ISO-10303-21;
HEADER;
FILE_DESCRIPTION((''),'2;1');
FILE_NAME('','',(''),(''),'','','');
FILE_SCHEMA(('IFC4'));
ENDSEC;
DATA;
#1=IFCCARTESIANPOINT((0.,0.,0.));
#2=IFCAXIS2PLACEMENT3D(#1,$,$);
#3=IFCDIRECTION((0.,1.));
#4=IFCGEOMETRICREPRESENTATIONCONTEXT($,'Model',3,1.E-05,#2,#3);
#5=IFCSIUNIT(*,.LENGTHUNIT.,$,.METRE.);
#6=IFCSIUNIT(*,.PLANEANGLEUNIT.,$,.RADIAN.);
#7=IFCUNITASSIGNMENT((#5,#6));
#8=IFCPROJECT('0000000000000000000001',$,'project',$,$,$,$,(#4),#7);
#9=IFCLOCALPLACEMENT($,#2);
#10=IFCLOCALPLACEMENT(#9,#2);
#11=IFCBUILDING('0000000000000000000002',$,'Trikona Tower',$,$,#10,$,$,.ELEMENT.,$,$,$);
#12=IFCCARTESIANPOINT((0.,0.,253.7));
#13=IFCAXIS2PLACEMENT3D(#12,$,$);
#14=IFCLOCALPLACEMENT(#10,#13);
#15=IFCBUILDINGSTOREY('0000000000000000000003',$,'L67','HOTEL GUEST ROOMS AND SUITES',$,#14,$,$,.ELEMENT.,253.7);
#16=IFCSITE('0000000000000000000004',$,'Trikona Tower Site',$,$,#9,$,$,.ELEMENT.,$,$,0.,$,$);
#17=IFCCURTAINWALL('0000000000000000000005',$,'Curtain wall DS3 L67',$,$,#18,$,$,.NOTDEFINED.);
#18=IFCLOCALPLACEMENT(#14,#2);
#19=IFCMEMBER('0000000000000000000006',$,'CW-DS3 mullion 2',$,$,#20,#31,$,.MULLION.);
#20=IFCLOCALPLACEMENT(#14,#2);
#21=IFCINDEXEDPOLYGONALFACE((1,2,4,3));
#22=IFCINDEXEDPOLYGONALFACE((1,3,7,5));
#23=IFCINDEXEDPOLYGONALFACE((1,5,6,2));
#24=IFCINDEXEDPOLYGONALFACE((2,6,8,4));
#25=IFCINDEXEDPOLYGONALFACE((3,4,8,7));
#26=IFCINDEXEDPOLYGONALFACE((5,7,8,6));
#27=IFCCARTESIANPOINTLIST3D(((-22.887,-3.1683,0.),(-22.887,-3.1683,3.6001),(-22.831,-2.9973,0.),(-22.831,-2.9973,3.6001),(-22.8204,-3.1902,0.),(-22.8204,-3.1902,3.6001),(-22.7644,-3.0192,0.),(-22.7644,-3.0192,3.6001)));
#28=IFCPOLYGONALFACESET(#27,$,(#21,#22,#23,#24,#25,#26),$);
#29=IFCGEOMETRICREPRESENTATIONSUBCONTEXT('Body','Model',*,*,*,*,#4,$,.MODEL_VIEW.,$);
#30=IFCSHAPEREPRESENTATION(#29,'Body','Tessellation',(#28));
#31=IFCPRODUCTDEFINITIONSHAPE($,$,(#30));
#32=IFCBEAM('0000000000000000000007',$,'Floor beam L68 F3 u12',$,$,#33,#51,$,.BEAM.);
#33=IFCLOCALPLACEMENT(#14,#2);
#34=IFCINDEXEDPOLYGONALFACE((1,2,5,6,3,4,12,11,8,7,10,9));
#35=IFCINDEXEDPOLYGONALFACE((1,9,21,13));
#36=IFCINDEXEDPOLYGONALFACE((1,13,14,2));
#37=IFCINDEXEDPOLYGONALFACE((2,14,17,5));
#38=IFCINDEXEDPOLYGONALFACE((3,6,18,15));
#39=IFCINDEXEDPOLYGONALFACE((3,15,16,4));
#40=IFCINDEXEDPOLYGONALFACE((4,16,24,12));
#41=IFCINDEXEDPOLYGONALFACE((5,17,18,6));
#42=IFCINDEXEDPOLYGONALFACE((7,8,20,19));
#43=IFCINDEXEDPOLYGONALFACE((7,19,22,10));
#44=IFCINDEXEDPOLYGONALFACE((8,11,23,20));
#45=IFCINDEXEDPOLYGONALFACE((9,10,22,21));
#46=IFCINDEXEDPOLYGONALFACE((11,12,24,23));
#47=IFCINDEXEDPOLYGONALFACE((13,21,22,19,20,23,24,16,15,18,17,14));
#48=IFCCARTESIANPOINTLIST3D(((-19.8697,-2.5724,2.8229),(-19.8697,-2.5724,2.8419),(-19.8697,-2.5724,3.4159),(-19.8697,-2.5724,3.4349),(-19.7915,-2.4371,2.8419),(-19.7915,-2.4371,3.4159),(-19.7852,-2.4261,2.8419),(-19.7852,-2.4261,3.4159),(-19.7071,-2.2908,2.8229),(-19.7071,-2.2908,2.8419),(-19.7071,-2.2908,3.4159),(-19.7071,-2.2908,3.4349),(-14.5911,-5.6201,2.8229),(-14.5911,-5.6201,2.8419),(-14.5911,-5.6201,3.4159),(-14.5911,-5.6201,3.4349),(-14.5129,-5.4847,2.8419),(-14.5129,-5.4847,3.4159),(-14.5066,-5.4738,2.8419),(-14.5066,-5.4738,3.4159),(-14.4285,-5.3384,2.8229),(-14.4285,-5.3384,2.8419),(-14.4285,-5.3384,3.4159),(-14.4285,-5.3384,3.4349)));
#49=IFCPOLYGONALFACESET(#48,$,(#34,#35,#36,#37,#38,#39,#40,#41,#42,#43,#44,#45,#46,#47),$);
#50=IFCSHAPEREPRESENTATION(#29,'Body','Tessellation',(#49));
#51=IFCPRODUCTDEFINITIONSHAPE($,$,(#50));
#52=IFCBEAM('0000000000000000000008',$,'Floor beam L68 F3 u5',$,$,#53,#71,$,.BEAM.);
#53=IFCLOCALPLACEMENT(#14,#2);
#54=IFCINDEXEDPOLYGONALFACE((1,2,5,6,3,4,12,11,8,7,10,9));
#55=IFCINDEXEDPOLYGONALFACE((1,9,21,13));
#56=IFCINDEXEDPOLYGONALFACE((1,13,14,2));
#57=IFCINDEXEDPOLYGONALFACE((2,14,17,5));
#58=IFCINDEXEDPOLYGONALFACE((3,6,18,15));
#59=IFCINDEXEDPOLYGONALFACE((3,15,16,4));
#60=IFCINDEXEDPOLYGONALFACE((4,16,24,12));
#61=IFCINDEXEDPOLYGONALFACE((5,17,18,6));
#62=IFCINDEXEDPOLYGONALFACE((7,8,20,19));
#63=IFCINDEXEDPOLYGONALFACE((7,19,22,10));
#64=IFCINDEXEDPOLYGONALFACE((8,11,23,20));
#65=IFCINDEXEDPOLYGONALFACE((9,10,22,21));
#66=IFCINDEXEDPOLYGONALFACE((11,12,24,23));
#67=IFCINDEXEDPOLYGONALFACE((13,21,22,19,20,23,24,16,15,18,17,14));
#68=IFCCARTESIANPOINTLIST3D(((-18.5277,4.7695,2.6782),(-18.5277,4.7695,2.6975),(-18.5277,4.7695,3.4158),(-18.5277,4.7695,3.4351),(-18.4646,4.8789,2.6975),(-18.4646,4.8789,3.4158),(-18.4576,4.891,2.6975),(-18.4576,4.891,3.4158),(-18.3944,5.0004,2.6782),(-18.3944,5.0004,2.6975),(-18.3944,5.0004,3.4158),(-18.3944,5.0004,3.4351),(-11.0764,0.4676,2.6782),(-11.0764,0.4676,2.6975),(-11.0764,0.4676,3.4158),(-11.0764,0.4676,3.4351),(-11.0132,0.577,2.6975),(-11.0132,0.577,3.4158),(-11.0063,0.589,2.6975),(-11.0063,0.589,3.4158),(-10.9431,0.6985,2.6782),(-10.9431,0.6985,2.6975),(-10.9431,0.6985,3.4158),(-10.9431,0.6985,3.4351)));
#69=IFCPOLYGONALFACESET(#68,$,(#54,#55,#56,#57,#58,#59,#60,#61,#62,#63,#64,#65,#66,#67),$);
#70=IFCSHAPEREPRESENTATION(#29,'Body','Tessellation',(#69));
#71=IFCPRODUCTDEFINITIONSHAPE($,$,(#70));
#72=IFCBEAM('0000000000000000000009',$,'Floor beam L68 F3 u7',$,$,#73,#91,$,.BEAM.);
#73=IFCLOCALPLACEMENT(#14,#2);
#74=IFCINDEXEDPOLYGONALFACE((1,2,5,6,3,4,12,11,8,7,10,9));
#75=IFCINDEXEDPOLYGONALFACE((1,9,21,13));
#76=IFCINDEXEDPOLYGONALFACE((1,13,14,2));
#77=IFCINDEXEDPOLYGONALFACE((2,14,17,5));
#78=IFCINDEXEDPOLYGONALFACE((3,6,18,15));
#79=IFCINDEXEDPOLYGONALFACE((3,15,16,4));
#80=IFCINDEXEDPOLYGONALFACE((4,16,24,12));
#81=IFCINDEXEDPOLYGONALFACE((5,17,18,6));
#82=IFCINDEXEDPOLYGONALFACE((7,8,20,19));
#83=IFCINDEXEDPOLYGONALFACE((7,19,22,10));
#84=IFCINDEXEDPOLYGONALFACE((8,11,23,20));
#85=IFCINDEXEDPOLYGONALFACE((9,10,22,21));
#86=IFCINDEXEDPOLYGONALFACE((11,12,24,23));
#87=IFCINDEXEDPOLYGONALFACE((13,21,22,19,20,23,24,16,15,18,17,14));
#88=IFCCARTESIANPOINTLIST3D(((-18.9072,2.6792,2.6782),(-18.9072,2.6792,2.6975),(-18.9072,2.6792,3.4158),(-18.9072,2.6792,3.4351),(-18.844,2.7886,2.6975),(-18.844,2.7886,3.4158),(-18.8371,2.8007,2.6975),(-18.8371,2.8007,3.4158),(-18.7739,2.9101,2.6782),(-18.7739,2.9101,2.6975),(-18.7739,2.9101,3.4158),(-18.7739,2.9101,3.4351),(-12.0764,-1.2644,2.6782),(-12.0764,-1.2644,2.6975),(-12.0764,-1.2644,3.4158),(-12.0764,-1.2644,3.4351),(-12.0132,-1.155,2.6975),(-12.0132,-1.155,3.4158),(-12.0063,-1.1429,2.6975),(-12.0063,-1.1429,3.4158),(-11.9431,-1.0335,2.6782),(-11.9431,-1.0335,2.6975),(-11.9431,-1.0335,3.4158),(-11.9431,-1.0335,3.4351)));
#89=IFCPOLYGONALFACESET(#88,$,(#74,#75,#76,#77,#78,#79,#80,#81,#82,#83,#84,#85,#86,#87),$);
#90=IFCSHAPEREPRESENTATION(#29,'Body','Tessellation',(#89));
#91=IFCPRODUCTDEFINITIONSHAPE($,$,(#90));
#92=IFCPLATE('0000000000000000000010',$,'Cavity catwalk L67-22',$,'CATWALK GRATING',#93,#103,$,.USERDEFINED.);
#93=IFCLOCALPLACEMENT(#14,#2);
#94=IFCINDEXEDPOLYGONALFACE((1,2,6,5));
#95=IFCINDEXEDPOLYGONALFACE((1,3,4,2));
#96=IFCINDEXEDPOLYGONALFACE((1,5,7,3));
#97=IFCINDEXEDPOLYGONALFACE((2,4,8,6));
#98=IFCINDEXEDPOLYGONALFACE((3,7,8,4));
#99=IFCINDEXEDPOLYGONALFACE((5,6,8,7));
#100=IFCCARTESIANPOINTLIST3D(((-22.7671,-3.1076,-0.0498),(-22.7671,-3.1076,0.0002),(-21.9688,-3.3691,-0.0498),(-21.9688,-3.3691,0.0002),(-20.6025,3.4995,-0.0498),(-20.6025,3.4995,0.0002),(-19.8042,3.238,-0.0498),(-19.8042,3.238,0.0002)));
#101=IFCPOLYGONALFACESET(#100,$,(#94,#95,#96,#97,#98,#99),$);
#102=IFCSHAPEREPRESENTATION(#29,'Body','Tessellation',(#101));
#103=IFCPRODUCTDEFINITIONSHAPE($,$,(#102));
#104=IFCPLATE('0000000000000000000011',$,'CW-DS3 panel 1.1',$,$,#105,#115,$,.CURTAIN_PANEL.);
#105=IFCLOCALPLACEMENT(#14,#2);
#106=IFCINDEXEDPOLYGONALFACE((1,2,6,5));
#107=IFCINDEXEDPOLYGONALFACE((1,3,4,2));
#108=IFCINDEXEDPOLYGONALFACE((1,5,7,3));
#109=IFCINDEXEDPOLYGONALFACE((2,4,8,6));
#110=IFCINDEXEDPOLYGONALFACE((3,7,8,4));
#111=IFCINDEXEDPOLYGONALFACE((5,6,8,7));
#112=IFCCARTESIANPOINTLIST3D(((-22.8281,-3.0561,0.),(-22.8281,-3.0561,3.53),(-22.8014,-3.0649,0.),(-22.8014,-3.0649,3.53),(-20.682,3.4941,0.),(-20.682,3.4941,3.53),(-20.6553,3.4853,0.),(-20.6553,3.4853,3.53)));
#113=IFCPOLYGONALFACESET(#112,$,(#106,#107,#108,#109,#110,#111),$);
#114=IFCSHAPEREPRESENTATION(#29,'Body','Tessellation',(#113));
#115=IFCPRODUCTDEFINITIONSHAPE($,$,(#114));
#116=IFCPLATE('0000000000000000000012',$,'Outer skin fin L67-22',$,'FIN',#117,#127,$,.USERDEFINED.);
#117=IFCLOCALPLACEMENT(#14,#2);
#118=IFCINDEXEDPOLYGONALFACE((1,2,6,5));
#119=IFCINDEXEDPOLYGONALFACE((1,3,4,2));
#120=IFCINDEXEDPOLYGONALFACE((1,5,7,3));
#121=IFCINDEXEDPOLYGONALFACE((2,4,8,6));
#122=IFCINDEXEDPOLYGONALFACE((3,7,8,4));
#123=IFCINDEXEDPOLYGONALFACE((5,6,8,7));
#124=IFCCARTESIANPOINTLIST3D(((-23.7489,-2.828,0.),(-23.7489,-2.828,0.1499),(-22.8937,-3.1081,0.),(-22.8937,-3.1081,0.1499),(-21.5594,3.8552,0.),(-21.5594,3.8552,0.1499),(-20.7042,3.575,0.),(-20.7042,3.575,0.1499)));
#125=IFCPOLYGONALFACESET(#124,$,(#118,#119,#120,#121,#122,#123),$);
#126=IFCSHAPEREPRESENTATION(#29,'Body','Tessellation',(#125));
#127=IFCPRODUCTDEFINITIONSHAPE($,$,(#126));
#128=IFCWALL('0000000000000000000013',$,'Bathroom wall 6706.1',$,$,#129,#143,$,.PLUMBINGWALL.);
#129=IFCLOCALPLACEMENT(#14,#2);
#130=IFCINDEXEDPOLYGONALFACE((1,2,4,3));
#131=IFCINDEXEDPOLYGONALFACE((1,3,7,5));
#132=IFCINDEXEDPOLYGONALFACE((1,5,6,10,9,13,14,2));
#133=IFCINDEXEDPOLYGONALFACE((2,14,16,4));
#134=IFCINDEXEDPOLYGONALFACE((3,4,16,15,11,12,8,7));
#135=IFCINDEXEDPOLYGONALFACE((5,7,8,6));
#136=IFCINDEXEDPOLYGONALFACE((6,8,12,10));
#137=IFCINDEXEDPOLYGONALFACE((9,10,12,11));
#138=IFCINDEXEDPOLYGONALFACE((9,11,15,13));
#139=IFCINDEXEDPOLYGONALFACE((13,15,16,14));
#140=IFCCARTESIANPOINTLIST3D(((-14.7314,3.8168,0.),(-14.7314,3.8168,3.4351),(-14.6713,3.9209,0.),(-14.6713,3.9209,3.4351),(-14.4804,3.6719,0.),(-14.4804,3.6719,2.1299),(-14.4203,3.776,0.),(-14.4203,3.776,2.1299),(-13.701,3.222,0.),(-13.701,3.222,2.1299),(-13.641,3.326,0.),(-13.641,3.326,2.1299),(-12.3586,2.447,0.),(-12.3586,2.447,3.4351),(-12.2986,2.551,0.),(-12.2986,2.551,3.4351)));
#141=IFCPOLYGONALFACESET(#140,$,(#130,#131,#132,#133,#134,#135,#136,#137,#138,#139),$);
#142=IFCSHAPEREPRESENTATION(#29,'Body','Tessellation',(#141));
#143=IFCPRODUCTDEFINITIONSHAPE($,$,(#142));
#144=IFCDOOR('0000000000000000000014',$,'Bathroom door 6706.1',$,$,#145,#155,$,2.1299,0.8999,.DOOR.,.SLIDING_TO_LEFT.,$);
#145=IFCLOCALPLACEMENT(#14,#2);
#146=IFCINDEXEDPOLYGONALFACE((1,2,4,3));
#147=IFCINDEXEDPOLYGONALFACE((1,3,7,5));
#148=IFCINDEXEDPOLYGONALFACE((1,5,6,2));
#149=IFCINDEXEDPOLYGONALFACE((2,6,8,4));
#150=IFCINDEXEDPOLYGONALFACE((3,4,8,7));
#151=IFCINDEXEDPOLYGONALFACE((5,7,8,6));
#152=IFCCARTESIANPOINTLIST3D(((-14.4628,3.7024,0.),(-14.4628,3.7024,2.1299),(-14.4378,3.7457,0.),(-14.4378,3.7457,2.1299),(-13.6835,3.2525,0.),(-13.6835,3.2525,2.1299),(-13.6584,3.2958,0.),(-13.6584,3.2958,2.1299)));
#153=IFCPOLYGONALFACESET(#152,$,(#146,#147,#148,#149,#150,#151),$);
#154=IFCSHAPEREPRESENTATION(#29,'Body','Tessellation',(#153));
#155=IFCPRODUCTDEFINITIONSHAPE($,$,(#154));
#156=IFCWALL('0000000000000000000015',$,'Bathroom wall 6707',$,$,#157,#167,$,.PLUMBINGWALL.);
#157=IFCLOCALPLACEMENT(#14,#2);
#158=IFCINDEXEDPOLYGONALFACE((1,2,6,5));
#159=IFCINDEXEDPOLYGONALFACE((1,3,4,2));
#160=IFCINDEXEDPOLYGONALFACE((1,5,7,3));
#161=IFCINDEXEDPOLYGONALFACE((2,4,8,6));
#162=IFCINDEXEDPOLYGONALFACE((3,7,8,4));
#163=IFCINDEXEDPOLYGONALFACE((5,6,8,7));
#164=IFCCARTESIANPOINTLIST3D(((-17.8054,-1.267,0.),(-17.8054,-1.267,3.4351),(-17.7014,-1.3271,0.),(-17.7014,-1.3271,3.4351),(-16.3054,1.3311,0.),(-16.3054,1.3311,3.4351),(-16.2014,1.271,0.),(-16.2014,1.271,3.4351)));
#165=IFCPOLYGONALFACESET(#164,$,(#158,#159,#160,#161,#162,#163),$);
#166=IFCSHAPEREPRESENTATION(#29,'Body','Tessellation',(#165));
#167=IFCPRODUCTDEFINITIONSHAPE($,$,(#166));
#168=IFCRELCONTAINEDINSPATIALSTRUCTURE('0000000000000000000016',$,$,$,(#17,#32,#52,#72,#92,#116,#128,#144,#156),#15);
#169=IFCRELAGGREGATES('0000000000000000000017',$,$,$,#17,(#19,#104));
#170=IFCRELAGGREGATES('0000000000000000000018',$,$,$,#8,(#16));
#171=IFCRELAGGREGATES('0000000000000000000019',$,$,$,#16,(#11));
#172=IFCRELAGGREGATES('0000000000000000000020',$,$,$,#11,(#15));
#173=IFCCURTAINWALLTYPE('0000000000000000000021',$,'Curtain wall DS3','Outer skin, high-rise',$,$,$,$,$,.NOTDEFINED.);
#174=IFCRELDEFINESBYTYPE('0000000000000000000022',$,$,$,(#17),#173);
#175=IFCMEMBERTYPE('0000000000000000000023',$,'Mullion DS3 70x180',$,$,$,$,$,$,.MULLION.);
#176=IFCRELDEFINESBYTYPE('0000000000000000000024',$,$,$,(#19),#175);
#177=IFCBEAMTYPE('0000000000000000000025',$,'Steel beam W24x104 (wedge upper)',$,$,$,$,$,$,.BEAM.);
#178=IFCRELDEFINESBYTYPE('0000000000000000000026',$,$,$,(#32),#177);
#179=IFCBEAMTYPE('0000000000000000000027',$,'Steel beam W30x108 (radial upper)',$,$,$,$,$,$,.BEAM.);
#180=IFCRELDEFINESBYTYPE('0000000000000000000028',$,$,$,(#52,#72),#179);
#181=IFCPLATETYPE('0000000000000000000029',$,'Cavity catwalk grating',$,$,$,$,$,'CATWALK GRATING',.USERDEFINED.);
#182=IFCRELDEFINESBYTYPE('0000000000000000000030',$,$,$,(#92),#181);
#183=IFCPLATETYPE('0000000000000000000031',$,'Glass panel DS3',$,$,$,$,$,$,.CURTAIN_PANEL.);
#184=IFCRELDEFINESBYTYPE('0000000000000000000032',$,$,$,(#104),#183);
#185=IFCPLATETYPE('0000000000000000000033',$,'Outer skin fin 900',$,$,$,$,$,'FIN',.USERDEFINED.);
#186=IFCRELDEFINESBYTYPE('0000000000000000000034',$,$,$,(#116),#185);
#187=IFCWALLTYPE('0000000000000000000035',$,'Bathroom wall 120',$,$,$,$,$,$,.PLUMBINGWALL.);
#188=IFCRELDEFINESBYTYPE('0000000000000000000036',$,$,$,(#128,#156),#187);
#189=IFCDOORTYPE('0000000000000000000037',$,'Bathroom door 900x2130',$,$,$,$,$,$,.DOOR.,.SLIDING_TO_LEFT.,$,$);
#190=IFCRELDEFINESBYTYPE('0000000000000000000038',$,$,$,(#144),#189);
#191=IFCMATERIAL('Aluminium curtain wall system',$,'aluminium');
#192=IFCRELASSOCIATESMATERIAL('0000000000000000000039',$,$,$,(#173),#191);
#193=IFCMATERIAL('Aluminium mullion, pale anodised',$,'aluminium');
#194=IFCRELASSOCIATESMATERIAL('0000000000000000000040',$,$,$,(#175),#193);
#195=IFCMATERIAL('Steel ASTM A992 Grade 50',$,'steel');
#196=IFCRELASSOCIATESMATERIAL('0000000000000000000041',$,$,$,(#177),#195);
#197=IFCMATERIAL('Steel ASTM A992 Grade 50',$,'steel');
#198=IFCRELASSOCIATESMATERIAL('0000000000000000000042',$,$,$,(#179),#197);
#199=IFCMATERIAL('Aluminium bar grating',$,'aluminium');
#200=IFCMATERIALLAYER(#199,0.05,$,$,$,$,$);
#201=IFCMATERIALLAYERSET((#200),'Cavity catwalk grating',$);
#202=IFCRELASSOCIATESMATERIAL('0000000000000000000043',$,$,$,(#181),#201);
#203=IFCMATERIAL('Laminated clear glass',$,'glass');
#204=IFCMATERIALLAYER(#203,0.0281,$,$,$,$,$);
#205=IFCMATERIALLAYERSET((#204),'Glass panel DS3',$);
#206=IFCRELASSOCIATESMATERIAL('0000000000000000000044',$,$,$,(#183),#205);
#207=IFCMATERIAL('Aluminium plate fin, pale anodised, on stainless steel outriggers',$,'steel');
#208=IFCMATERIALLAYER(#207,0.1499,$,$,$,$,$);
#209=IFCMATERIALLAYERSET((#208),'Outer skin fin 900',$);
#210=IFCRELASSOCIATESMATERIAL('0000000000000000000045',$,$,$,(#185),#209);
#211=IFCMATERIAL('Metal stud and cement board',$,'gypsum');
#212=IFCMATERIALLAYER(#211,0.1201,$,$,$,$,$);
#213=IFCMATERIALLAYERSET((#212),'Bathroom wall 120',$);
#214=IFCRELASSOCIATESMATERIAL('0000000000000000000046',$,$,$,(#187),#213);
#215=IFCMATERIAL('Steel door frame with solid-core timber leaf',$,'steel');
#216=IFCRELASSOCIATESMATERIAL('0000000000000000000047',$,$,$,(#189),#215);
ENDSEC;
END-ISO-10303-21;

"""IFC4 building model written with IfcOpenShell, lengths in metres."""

from ifc_helpers import new_model, si_unit, direction, frame, frame_2d, origin, origin_2d, place, context, subcontext, project, spatial, rectangle, i_section, extrude, material, layer, layer_set, material_profile, profile_set, type_object, element, fill, aggregate, save


model = new_model("IFC4")

# Units and contexts
model_context = context("Model", 3, precision=1e-05, world=origin(), true_north=direction((0.0, 1.0)))
body_context = subcontext(model_context, "Body", "Model", "MODEL_VIEW")
ifc_project = project(units=[si_unit("LENGTHUNIT", "METRE"), si_unit("PLANEANGLEUNIT", "RADIAN")], contexts=[model_context])

# Site, building, storey
site_placement = place(None, origin())
site = spatial("IfcSite", under=ifc_project, at=site_placement, Name="Trikona Tower Site", CompositionType="ELEMENT", RefElevation=0.0)
building_placement = place(site_placement, origin())
building = spatial("IfcBuilding", under=site, at=building_placement, Name="Trikona Tower", CompositionType="ELEMENT")
storey_placement = place(building_placement, frame((0.0, 0.0, 253.7)))
storey = spatial("IfcBuildingStorey", under=building, at=storey_placement, Name="L67", Description="HOTEL GUEST ROOMS AND SUITES", CompositionType="ELEMENT", Elevation=253.7)

# Curtain wall, member
ifc_material_1 = material(Name="Aluminium curtain wall system", Category="aluminium")
curtain_wall_type = type_object("IfcCurtainWallType", Name="Curtain wall DS3", Description="Outer skin, high-rise", PredefinedType="NOTDEFINED", material=ifc_material_1)
curtain_wall_placement = place(storey_placement, origin())
curtain_wall = element("IfcCurtainWall", 1, at=curtain_wall_placement, inside=storey, type_object=curtain_wall_type, Name="Curtain wall DS3 L67", PredefinedType="NOTDEFINED")
ifc_material_2 = material(Name="Aluminium mullion, pale anodised", Category="aluminium")
ifc_material_profile_1 = material_profile(ifc_material_2, rectangle(XDim=0.0701, YDim=0.1799, at=origin_2d()), Name="MUL-DS3")
ifc_profile_set_1 = profile_set([ifc_material_profile_1], Name="Aluminium mullion, pale anodised")
member_type = type_object("IfcMemberType", Name="Mullion DS3 70x180", PredefinedType="MULLION", material=ifc_profile_set_1)
member_placement = place(storey_placement, frame((-22.8257, -3.0938, 0.0), z_axis=(0.0, 0.0, 1.0), x_axis=(0.950297, -0.311344, 0.0)))
member = element("IfcMember", 2, at=member_placement, type_object=member_type, Name="CW-DS3 mullion 2", PredefinedType="MULLION", context=body_context, shape_type="SweptSolid", body=[
    extrude(rectangle(XDim=0.0701, YDim=0.1799, at=origin_2d()), origin(), (0.0, 0.0, 1.0), 3.6001),
])

# Beams
ifc_material_3 = material(Name="Steel ASTM A992 Grade 50", Category="steel")
ifc_material_profile_2 = material_profile(ifc_material_3, i_section(OverallWidth=0.3252, OverallDepth=0.6121, WebThickness=0.0127, FlangeThickness=0.019, at=origin_2d()), Name="W24X104")
ifc_profile_set_2 = profile_set([ifc_material_profile_2], Name="Steel ASTM A992 Grade 50")
beam_type_1 = type_object("IfcBeamType", Name="Steel beam W24x104 (wedge upper)", PredefinedType="BEAM", material=ifc_profile_set_2)
beam_1_placement = place(storey_placement, frame((-14.5098, -5.4792, 3.1289), z_axis=(-0.866023, 0.500003, 0.0), x_axis=(-0.500003, -0.866023, 0.0)))
element("IfcBeam", 3, at=beam_1_placement, inside=storey, type_object=beam_type_1, Name="Floor beam L68 F3 u12", PredefinedType="BEAM", context=body_context, shape_type="SweptSolid", body=[
    extrude(i_section(OverallWidth=0.3252, OverallDepth=0.6121, WebThickness=0.0127, FlangeThickness=0.019, at=origin_2d()), origin(), (0.0, 0.0, 1.0), 6.0952),
])
ifc_material_4 = material(Name="Steel ASTM A992 Grade 50", Category="steel")
ifc_material_profile_3 = material_profile(ifc_material_4, i_section(OverallWidth=0.2666, OverallDepth=0.7568, WebThickness=0.0139, FlangeThickness=0.0193, at=origin_2d()), Name="W30X108")
ifc_profile_set_3 = profile_set([ifc_material_profile_3], Name="Steel ASTM A992 Grade 50")
beam_type_2 = type_object("IfcBeamType", Name="Steel beam W30x108 (radial upper)", PredefinedType="BEAM", material=ifc_profile_set_3)
beam_2_placement = place(storey_placement, frame((-11.0098, 0.583, 3.0566), z_axis=(-0.866029, 0.499993, 0.0), x_axis=(-0.499993, -0.866029, 0.0)))
element("IfcBeam", 4, at=beam_2_placement, inside=storey, type_object=beam_type_2, Name="Floor beam L68 F3 u5", PredefinedType="BEAM", context=body_context, shape_type="SweptSolid", body=[
    extrude(i_section(OverallWidth=0.2666, OverallDepth=0.7568, WebThickness=0.0139, FlangeThickness=0.0193, at=origin_2d()), origin(), (0.0, 0.0, 1.0), 8.604),
])
beam_3_placement = place(storey_placement, frame((-12.0098, -1.1489, 3.0566), z_axis=(-0.866035, 0.499984, 0.0), x_axis=(-0.499984, -0.866035, 0.0)))
element("IfcBeam", 5, at=beam_3_placement, inside=storey, type_object=beam_type_2, Name="Floor beam L68 F3 u7", PredefinedType="BEAM", context=body_context, shape_type="SweptSolid", body=[
    extrude(i_section(OverallWidth=0.2666, OverallDepth=0.7568, WebThickness=0.0139, FlangeThickness=0.0193, at=origin_2d()), origin(), (0.0, 0.0, 1.0), 7.8875),
])

# Plates
ifc_material_5 = material(Name="Aluminium bar grating", Category="aluminium")
ifc_layer_1 = layer(ifc_material_5, 0.05)
ifc_layer_set_1 = layer_set([ifc_layer_1], Name="Cavity catwalk grating")
plate_type_1 = type_object("IfcPlateType", Name="Cavity catwalk grating", ElementType="CATWALK GRATING", PredefinedType="USERDEFINED", material=ifc_layer_set_1)
plate_1_placement = place(storey_placement, frame((-21.2856, 0.0652, -0.0498), z_axis=(0.0, 0.0, 1.0), x_axis=(-0.311337, -0.9503, 0.0)))
element("IfcPlate", 6, at=plate_1_placement, inside=storey, type_object=plate_type_1, Name="Cavity catwalk L67-22", ObjectType="CATWALK GRATING", PredefinedType="USERDEFINED", context=body_context, shape_type="SweptSolid", body=[
    extrude(rectangle(XDim=6.9526, YDim=0.8401, at=origin_2d()), origin(), (0.0, 0.0, 1.0), 0.05),
])
ifc_material_6 = material(Name="Laminated clear glass", Category="glass")
ifc_layer_2 = layer(ifc_material_6, 0.0281)
ifc_layer_set_2 = layer_set([ifc_layer_2], Name="Glass panel DS3")
plate_type_2 = type_object("IfcPlateType", Name="Glass panel DS3", PredefinedType="CURTAIN_PANEL", material=ifc_layer_set_2)
plate_2_placement = place(storey_placement, frame((-21.7417, 0.2146, 0.0), z_axis=(0.0, 0.0, 1.0), x_axis=(-0.311344, -0.950297, 0.0)))
plate_2 = element("IfcPlate", 7, at=plate_2_placement, type_object=plate_type_2, Name="CW-DS3 panel 1.1", PredefinedType="CURTAIN_PANEL", context=body_context, shape_type="SweptSolid", body=[
    extrude(rectangle(XDim=6.8928, YDim=0.0281, at=origin_2d()), origin(), (0.0, 0.0, 1.0), 3.53),
])
aggregate(curtain_wall, [member, plate_2])
ifc_material_7 = material(Name="Aluminium plate fin, pale anodised, on stainless steel outriggers", Category="steel")
ifc_layer_3 = layer(ifc_material_7, 0.1499)
ifc_layer_set_3 = layer_set([ifc_layer_3], Name="Outer skin fin 900")
plate_type_3 = type_object("IfcPlateType", Name="Outer skin fin 900", ElementType="FIN", PredefinedType="USERDEFINED", material=ifc_layer_set_3)
plate_3_placement = place(storey_placement, frame((-22.2266, 0.3735, 0.0), z_axis=(0.0, 0.0, 1.0), x_axis=(-0.311337, -0.9503, 0.0)))
element("IfcPlate", 8, at=plate_3_placement, inside=storey, type_object=plate_type_3, Name="Outer skin fin L67-22", ObjectType="FIN", PredefinedType="USERDEFINED", context=body_context, shape_type="SweptSolid", body=[
    extrude(rectangle(XDim=7.0327, YDim=0.8999, at=origin_2d()), origin(), (0.0, 0.0, 1.0), 0.1499),
])

# Wall, opening, door
ifc_material_8 = material(Name="Metal stud and cement board", Category="gypsum")
ifc_layer_4 = layer(ifc_material_8, 0.1201)
ifc_layer_set_4 = layer_set([ifc_layer_4], Name="Bathroom wall 120")
wall_type_1 = type_object("IfcWallType", Name="Bathroom wall 120", PredefinedType="PLUMBINGWALL", material=ifc_layer_set_4)
wall_1_placement = place(storey_placement, frame((-12.3286, 2.499, 0.0), z_axis=(0.0, 0.0, 1.0), x_axis=(-0.866036, 0.499982, 0.0)))
wall_1 = element("IfcWall", 9, at=wall_1_placement, inside=storey, type_object=wall_type_1, Name="Bathroom wall 6706.1", PredefinedType="PLUMBINGWALL", context=body_context, shape_type="SweptSolid", body=[
    extrude(rectangle(XDim=2.7397, YDim=0.1201, at=frame_2d((1.3699, 0.0))), origin(), (0.0, 0.0, 1.0), 3.4351),
])
opening_1_placement = place(wall_1_placement, frame((1.55, 0.0, 0.0)))
opening_1 = element("IfcOpeningElement", 10, at=opening_1_placement, cuts=wall_1, PredefinedType="OPENING", context=body_context, shape_type="SweptSolid", body=[
    extrude(rectangle(XDim=0.8999, YDim=2.1299, at=frame_2d((0.45, 1.0649))), frame((0.0, 0.0701, 0.0), z_axis=(0.0, -1.0, 0.0), x_axis=(1.0, 0.0, 0.0)), (0.0, 0.0, 1.0), 0.1401),
])
ifc_material_9 = material(Name="Steel door frame with solid-core timber leaf", Category="steel")
door_type_1 = type_object("IfcDoorType", Name="Bathroom door 900x2130", OperationType="SLIDING_TO_LEFT", PredefinedType="DOOR", material=ifc_material_9)
door_1_placement = place(opening_1_placement, origin())
door_1 = element("IfcDoor", 11, at=door_1_placement, inside=storey, type_object=door_type_1, Name="Bathroom door 6706.1", OperationType="SLIDING_TO_LEFT", OverallHeight=2.1299, OverallWidth=0.8999, PredefinedType="DOOR", context=body_context, shape_type="SweptSolid", body=[
    extrude(rectangle(XDim=0.8999, YDim=2.1299, at=frame_2d((0.45, 1.0649))), frame((0.0, 0.0249, 0.0), z_axis=(0.0, -1.0, 0.0), x_axis=(1.0, 0.0, 0.0)), (0.0, 0.0, 1.0), 0.05),
])
fill(opening_1, door_1)

# Wall
wall_2_placement = place(storey_placement, frame((-16.2534, 1.301, 0.0), z_axis=(0.0, 0.0, 1.0), x_axis=(-0.49999, -0.866031, 0.0)))
element("IfcWall", 12, at=wall_2_placement, inside=storey, type_object=wall_type_1, Name="Bathroom wall 6707", PredefinedType="PLUMBINGWALL", context=body_context, shape_type="SweptSolid", body=[
    extrude(rectangle(XDim=3.0, YDim=0.1201, at=frame_2d((1.5, 0.0))), origin(), (0.0, 0.0, 1.0), 3.4351),
])

save(model, "model.ifc")
